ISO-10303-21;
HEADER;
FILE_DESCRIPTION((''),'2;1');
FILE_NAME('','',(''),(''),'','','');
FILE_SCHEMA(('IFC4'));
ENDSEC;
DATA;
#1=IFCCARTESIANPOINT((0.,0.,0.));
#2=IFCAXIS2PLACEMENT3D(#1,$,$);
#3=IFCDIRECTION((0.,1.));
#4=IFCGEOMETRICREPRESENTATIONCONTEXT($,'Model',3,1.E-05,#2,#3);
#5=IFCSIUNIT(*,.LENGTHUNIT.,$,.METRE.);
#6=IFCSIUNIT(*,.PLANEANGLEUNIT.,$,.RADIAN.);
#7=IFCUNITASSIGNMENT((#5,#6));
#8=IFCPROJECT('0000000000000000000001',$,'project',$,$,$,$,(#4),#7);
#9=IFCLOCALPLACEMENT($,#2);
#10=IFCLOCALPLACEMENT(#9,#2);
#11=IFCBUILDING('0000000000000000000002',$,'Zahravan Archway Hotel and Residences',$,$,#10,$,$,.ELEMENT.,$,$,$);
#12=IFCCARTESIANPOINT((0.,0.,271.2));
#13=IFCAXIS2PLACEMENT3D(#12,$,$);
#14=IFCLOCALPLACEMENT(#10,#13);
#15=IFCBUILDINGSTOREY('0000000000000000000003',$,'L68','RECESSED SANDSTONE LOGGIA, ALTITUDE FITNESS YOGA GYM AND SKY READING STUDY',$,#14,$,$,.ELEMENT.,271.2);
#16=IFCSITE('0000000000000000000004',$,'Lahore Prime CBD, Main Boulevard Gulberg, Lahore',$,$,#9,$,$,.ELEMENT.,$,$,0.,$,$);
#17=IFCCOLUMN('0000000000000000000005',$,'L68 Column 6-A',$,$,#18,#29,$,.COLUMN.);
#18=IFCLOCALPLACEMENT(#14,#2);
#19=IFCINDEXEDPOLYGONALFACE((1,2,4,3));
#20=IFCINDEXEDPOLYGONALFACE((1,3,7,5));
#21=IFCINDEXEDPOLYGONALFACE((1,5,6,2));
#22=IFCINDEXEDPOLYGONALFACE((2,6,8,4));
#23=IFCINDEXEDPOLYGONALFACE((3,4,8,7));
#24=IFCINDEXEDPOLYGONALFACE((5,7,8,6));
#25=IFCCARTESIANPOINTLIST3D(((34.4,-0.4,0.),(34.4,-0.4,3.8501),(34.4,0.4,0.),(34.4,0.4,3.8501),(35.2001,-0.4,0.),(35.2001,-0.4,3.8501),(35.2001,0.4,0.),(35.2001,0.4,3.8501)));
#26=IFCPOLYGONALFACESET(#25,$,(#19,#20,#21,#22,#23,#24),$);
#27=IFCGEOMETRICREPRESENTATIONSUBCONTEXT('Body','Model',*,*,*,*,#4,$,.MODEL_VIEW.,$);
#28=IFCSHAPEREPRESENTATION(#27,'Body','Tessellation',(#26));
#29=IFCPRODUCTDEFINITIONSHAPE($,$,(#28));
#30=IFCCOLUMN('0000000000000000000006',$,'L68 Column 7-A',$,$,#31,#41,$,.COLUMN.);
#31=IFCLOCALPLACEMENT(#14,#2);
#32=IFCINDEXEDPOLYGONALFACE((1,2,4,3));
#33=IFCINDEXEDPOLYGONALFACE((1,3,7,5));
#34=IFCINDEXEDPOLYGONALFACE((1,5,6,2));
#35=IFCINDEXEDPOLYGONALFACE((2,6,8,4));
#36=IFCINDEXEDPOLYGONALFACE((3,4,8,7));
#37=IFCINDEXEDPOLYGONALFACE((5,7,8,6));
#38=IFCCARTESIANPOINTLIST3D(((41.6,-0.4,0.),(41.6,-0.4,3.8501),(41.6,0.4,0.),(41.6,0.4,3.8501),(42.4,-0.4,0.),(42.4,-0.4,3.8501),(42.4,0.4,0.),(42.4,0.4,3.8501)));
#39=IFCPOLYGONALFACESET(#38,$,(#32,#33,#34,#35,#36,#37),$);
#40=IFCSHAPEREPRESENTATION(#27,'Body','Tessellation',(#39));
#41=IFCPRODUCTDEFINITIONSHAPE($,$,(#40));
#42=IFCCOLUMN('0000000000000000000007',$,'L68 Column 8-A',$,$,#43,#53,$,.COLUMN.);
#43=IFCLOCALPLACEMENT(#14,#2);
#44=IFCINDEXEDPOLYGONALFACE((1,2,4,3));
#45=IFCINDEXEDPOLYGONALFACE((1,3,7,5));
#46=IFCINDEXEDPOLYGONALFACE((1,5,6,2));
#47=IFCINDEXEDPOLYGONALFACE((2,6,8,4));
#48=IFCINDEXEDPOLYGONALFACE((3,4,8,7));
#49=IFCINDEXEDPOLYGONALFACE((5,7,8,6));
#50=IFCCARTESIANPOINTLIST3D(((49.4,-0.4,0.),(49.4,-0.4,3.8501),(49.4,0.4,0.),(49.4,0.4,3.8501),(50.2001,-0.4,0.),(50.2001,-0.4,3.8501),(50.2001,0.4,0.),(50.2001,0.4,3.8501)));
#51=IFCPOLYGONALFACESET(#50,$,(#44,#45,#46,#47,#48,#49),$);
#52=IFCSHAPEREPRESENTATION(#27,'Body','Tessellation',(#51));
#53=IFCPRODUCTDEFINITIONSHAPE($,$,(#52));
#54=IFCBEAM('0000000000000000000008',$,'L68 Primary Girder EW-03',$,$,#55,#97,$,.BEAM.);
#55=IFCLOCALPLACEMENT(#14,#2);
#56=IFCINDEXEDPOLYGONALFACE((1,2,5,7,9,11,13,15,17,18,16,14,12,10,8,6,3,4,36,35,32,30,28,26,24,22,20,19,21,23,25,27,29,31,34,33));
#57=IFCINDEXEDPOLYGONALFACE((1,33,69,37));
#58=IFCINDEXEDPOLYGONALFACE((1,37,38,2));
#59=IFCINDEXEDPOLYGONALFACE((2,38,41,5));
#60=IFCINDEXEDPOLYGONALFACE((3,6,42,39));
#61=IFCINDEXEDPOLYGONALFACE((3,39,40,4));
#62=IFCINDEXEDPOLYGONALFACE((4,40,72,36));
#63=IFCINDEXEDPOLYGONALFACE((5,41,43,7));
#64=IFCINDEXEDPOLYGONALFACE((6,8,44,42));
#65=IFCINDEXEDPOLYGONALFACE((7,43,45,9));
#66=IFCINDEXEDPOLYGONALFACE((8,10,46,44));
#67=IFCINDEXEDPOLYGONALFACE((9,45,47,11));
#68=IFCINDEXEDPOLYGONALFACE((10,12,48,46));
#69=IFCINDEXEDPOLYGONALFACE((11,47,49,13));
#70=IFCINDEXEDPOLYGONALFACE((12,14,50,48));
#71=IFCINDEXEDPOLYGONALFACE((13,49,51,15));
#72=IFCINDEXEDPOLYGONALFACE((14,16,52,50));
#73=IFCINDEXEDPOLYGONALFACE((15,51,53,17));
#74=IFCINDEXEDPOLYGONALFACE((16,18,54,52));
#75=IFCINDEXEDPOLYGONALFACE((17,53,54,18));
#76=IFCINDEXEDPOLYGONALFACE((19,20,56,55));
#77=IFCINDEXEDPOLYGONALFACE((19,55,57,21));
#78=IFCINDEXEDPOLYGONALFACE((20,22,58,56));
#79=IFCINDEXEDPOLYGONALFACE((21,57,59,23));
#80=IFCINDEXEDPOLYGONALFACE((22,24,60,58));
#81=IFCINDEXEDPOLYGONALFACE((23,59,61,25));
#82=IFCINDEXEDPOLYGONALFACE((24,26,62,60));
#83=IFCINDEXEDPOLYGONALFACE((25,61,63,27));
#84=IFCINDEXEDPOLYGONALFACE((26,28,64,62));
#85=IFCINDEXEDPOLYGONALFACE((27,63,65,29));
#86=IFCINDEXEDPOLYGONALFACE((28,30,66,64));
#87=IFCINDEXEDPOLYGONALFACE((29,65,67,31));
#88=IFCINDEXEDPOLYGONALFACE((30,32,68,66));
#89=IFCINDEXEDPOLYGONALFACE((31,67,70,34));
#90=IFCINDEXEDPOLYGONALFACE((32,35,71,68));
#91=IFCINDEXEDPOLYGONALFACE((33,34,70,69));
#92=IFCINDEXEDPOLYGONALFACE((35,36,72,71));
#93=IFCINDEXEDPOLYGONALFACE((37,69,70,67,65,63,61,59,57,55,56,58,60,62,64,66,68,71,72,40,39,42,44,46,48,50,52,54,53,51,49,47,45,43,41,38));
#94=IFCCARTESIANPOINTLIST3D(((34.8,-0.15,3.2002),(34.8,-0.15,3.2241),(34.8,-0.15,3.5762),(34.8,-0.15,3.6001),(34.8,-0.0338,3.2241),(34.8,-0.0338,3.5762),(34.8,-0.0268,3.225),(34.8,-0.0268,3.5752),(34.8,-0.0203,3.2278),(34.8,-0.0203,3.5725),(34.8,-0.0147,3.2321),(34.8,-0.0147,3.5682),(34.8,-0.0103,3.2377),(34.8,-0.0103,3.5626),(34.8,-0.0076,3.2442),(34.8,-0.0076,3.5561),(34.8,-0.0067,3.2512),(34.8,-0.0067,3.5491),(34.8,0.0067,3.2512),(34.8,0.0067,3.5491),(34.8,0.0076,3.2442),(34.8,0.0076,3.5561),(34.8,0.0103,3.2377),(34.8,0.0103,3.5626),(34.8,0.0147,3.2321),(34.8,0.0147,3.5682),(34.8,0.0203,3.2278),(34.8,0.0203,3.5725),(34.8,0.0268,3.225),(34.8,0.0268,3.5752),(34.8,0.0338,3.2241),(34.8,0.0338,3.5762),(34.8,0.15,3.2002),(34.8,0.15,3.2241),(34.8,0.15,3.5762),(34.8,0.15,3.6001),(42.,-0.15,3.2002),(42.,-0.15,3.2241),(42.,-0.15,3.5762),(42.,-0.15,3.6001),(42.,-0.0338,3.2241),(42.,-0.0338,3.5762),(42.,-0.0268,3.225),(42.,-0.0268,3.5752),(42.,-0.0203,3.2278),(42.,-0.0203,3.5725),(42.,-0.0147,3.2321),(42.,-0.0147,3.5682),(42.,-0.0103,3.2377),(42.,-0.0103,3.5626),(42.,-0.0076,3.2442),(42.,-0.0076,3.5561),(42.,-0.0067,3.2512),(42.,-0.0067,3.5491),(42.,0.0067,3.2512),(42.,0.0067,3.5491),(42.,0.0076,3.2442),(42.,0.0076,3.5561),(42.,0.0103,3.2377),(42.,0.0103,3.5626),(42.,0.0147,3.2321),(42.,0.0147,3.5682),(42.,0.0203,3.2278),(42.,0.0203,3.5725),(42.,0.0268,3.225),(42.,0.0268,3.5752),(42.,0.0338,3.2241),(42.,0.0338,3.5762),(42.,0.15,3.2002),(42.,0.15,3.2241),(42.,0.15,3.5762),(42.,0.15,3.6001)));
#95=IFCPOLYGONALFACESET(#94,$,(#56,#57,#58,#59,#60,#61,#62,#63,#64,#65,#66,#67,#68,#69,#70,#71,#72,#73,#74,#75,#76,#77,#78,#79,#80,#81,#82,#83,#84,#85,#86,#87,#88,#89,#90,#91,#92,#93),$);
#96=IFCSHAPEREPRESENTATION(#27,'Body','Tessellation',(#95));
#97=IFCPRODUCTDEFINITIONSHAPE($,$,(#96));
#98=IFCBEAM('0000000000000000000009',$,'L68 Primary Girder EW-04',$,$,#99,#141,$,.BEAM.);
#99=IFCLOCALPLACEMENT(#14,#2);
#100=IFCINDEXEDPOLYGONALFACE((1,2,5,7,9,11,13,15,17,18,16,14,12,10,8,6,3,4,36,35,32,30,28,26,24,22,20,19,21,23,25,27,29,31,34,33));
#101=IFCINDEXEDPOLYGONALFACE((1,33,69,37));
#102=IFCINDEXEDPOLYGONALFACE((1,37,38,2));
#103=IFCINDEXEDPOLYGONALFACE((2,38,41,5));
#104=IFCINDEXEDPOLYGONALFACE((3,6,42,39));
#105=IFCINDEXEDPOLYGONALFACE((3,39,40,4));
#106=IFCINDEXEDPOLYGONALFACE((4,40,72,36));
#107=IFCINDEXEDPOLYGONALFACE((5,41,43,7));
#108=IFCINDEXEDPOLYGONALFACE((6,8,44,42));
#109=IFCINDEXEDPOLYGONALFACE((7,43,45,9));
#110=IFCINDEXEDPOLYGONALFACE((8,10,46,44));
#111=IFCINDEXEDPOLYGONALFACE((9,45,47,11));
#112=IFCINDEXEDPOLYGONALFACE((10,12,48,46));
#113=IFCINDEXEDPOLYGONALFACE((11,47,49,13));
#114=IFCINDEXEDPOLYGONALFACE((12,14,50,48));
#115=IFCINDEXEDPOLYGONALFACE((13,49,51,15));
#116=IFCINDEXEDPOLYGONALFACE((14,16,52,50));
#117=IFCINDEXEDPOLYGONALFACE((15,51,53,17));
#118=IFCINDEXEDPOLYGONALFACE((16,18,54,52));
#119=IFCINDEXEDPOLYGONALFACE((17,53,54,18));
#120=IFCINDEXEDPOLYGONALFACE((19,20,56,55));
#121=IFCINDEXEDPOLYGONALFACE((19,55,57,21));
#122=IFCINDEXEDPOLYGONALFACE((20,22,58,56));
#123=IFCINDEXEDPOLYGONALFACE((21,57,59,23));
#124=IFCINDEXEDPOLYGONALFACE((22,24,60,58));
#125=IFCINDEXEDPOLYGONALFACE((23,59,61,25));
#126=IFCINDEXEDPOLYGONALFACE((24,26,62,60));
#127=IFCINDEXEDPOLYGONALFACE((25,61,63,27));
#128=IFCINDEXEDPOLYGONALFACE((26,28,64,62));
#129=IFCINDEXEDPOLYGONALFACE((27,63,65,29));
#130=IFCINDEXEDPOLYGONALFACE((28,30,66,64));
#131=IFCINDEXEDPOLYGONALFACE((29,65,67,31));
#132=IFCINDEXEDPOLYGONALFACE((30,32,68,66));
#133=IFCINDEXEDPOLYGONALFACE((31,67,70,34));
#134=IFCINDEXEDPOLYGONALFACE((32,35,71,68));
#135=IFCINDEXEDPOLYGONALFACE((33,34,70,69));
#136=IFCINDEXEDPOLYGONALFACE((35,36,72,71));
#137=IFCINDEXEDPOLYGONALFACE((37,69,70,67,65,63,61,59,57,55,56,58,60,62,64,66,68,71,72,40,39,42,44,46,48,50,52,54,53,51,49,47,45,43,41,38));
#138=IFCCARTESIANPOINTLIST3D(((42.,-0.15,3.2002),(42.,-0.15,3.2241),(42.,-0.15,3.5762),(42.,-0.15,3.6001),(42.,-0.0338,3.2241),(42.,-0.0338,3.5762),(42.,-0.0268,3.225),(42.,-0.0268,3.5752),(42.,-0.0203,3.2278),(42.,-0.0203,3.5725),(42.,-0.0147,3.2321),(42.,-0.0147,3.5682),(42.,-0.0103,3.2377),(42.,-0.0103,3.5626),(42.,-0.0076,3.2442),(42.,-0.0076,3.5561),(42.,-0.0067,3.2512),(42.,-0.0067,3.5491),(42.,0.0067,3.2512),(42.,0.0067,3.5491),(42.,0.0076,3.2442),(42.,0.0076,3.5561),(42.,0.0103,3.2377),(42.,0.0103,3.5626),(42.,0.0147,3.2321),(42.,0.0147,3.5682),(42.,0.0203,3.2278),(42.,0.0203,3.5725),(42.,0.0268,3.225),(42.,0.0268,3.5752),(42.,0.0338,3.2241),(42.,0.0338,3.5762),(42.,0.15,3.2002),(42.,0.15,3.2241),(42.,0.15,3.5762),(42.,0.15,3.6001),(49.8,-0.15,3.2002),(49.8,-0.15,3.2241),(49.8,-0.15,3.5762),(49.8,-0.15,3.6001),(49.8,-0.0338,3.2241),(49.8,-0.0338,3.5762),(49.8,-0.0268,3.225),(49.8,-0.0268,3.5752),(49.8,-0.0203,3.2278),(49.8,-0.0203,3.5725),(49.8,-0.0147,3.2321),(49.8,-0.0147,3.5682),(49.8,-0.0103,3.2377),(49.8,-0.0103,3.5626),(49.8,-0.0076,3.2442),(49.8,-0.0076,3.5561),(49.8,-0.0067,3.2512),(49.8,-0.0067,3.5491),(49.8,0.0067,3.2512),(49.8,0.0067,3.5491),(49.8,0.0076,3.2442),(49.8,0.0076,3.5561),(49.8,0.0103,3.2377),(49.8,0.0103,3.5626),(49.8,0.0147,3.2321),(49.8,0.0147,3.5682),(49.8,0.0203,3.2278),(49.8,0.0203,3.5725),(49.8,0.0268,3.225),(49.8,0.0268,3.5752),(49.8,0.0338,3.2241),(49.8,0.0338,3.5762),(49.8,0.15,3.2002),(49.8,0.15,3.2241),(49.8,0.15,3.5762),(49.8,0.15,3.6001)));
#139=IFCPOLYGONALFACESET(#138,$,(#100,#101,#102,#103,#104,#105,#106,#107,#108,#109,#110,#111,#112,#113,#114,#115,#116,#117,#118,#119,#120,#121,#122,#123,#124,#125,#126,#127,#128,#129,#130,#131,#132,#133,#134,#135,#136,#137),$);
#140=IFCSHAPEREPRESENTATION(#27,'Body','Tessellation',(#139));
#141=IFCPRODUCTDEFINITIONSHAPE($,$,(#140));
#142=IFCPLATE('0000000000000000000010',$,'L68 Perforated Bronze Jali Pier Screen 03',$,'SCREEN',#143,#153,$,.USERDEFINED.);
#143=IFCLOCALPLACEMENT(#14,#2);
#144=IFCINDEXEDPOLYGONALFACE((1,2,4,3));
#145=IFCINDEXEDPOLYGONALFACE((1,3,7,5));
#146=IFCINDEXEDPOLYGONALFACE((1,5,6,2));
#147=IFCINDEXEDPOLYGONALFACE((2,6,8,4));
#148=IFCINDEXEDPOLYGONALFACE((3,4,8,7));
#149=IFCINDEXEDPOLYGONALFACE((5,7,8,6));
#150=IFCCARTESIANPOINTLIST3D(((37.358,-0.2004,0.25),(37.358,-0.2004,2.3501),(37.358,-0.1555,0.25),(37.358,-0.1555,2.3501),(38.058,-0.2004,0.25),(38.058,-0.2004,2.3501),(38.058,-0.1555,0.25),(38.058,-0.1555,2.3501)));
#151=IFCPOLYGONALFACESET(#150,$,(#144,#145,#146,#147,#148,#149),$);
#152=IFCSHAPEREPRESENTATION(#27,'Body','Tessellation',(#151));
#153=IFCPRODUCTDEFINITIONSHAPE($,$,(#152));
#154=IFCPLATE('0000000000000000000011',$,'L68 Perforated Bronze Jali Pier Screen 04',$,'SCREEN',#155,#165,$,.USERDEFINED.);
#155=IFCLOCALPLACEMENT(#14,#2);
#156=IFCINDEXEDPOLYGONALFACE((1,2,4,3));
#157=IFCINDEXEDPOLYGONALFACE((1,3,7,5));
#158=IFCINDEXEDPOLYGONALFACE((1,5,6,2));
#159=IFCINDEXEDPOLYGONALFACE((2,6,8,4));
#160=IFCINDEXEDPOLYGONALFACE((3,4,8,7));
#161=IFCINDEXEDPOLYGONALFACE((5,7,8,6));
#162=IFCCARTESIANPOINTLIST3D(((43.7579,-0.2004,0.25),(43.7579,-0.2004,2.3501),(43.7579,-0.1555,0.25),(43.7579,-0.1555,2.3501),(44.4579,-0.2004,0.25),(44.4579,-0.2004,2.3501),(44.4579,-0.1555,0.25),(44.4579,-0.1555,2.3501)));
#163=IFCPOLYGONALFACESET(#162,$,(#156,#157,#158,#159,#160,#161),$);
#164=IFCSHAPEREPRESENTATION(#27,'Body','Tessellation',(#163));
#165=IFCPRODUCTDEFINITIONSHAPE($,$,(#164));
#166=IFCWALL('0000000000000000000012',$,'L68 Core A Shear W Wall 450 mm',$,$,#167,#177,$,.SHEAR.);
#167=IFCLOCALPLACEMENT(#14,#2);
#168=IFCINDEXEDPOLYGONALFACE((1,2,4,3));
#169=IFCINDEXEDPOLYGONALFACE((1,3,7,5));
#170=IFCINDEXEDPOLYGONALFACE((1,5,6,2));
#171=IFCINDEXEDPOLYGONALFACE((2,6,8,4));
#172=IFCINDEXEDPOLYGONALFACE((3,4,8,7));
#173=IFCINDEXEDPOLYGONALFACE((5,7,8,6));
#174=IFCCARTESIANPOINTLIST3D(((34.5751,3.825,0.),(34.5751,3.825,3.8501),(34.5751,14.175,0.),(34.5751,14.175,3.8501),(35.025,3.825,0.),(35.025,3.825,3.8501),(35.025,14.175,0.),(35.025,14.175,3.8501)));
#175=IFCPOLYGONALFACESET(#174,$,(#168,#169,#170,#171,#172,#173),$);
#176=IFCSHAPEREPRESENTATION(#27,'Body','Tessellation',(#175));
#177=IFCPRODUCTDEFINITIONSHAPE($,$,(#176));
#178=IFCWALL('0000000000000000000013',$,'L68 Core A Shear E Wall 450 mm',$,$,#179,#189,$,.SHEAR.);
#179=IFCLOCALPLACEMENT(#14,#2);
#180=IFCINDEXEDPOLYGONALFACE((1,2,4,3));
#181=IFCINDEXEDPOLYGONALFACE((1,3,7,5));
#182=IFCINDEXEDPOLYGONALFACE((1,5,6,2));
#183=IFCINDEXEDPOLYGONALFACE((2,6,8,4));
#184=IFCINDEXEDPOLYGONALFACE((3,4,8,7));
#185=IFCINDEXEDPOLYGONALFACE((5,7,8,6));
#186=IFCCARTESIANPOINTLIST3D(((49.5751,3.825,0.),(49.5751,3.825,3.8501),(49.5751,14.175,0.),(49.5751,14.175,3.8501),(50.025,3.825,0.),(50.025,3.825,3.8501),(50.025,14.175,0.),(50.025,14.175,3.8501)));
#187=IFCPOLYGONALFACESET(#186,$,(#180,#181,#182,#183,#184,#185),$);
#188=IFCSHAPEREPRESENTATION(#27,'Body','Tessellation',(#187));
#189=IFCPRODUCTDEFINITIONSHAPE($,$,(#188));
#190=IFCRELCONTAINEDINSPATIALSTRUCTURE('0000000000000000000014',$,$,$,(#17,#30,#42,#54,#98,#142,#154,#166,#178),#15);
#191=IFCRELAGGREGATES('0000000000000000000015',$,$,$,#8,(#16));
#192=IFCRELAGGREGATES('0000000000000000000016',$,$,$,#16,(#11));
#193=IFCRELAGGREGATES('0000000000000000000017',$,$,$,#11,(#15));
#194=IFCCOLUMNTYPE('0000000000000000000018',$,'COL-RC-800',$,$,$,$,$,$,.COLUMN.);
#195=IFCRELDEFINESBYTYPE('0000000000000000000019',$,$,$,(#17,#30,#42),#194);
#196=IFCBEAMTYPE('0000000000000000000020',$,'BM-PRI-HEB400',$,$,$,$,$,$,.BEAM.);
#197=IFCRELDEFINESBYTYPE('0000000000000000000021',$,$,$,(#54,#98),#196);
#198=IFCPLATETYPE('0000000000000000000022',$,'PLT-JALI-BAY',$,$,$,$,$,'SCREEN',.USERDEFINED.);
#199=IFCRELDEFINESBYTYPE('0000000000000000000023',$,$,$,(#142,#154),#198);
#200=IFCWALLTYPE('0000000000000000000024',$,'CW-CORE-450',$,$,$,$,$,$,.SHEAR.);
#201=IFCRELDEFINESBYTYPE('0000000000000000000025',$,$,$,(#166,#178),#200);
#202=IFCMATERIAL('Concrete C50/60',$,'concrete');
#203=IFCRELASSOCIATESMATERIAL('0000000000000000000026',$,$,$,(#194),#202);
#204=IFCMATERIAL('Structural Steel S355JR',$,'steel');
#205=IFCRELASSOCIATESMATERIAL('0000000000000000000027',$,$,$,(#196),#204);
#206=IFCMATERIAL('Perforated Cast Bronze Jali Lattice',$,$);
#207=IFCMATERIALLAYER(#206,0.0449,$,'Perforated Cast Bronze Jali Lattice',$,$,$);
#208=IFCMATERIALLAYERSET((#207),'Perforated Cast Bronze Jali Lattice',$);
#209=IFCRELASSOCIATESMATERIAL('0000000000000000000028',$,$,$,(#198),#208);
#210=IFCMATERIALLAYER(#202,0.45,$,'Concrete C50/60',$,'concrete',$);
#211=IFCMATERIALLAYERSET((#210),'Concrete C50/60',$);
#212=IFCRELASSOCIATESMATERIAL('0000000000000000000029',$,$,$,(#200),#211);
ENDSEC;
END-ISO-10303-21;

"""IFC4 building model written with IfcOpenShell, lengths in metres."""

from ifc_helpers import new_model, si_unit, direction, frame, frame_2d, origin, origin_2d, place, context, subcontext, project, spatial, rectangle, i_section, extrude, source, transform, mapped, material, layer, layer_set, material_profile, profile_set, type_object, type_shapes, element, save


model = new_model("IFC4")

# Units and contexts
model_context = context("Model", 3, precision=1e-05, world=origin(), true_north=direction((0.0, 1.0)))
body_context = subcontext(model_context, "Body", "Model", "MODEL_VIEW")
ifc_project = project(units=[si_unit("LENGTHUNIT", "METRE"), si_unit("PLANEANGLEUNIT", "RADIAN")], contexts=[model_context])

# Site, building, storey
site_placement = place(None, origin())
site = spatial("IfcSite", under=ifc_project, at=site_placement, Name="Lahore Prime CBD, Main Boulevard Gulberg, Lahore", CompositionType="ELEMENT", RefElevation=0.0)
building_placement = place(site_placement, origin())
building = spatial("IfcBuilding", under=site, at=building_placement, Name="Zahravan Archway Hotel and Residences", CompositionType="ELEMENT")
storey_placement = place(building_placement, frame((0.0, 0.0, 271.2)))
storey = spatial("IfcBuildingStorey", under=building, at=storey_placement, Name="L68", Description="RECESSED SANDSTONE LOGGIA, ALTITUDE FITNESS YOGA GYM AND SKY READING STUDY", CompositionType="ELEMENT", Elevation=271.2)

# Columns
ifc_material_1 = material(Name="Concrete C50/60", Category="concrete")
ifc_material_profile_1 = material_profile(ifc_material_1, rectangle(XDim=0.8, YDim=0.8, at=origin_2d()), Name="RC-COL-800x800", Category="concrete")
ifc_profile_set_1 = profile_set([ifc_material_profile_1], Name="Concrete C50/60")
column_type = type_object("IfcColumnType", Name="COL-RC-800", PredefinedType="COLUMN", material=ifc_profile_set_1)
shared_shape_1 = source(origin(), body_context, "Body", "SweptSolid", [
    extrude(rectangle(XDim=0.8, YDim=0.8, at=origin_2d()), origin(), (0.0, 0.0, 1.0), 3.8501),
])
for number, where, z_axis, x_axis, name in (
    (1, (34.8, 0.0, 0.0), (0.0, 0.0, 1.0), (1.0, 0.0, 0.0), "L68 Column 6-A"),
    (2, (42.0, 0.0, 0.0), (0.0, 0.0, 1.0), (1.0, 0.0, 0.0), "L68 Column 7-A"),
    (3, (49.8, 0.0, 0.0), (0.0, 0.0, 1.0), (1.0, 0.0, 0.0), "L68 Column 8-A"),
):
    element("IfcColumn", number, at=place(storey_placement, frame(where, z_axis=z_axis, x_axis=x_axis)), inside=storey, type_object=column_type, Name=name, PredefinedType="COLUMN", context=body_context, shape_type="MappedRepresentation", body=[
        mapped(shared_shape_1, transform((0.0, 0.0, 0.0), scale=1.0)),
    ])

# Beams
ifc_material_2 = material(Name="Structural Steel S355JR", Category="steel")
ifc_material_profile_2 = material_profile(ifc_material_2, i_section(OverallWidth=0.3, OverallDepth=0.3999, WebThickness=0.0134, FlangeThickness=0.0239, FilletRadius=0.0271, at=origin_2d()), Name="HEB 400", Category="steel")
ifc_profile_set_2 = profile_set([ifc_material_profile_2], Name="Structural Steel S355JR")
beam_type = type_object("IfcBeamType", Name="BM-PRI-HEB400", PredefinedType="BEAM", material=ifc_profile_set_2)
shared_shape_2 = source(origin(), body_context, "Body", "SweptSolid", [
    extrude(i_section(OverallWidth=0.3, OverallDepth=0.3999, WebThickness=0.0134, FlangeThickness=0.0239, FilletRadius=0.0271, at=origin_2d()), origin(), (0.0, 0.0, 1.0), 7.2),
])
type_shapes(beam_type, [shared_shape_2])
beam_1_placement = place(storey_placement, frame((34.8, 0.0, 3.4001), z_axis=(1.0, 0.0, 0.0), x_axis=(0.0, 1.0, 0.0)))
element("IfcBeam", 4, at=beam_1_placement, inside=storey, type_object=beam_type, Name="L68 Primary Girder EW-03", PredefinedType="BEAM", context=body_context, shape_type="MappedRepresentation", body=[
    mapped(shared_shape_2, transform((0.0, 0.0, 0.0), scale=1.0)),
])
shared_shape_3 = source(origin(), body_context, "Body", "SweptSolid", [
    extrude(i_section(OverallWidth=0.3, OverallDepth=0.3999, WebThickness=0.0134, FlangeThickness=0.0239, FilletRadius=0.0271, at=origin_2d()), origin(), (0.0, 0.0, 1.0), 7.8),
])
beam_2_placement = place(storey_placement, frame((42.0, 0.0, 3.4001), z_axis=(1.0, 0.0, 0.0), x_axis=(0.0, 1.0, 0.0)))
element("IfcBeam", 5, at=beam_2_placement, inside=storey, type_object=beam_type, Name="L68 Primary Girder EW-04", PredefinedType="BEAM", context=body_context, shape_type="MappedRepresentation", body=[
    mapped(shared_shape_3, transform((0.0, 0.0, 0.0), scale=1.0)),
])

# Plates
ifc_material_3 = material(Name="Perforated Cast Bronze Jali Lattice")
ifc_layer_1 = layer(ifc_material_3, 0.0449, Name="Perforated Cast Bronze Jali Lattice")
ifc_layer_set_1 = layer_set([ifc_layer_1], Name="Perforated Cast Bronze Jali Lattice")
plate_type = type_object("IfcPlateType", Name="PLT-JALI-BAY", ElementType="SCREEN", PredefinedType="USERDEFINED", material=ifc_layer_set_1)
shared_shape_4 = source(origin(), body_context, "Body", "SweptSolid", [
    extrude(rectangle(XDim=0.7, YDim=0.0449, at=origin_2d()), origin(), (0.0, 0.0, 1.0), 2.1001),
])
type_shapes(plate_type, [shared_shape_4])
for number, where, z_axis, x_axis, name in (
    (6, (37.708, -0.178, 0.25), (0.0, 0.0, 1.0), (1.0, 0.0, 0.0), "L68 Perforated Bronze Jali Pier Screen 03"),
    (7, (44.1079, -0.178, 0.25), (0.0, 0.0, 1.0), (1.0, 0.0, 0.0), "L68 Perforated Bronze Jali Pier Screen 04"),
):
    element("IfcPlate", number, at=place(storey_placement, frame(where, z_axis=z_axis, x_axis=x_axis)), inside=storey, type_object=plate_type, Name=name, ObjectType="SCREEN", PredefinedType="USERDEFINED", context=body_context, shape_type="MappedRepresentation", body=[
        mapped(shared_shape_4, transform((0.0, 0.0, 0.0), scale=1.0)),
    ])

# Walls
ifc_layer_2 = layer(ifc_material_1, 0.45, Name="Concrete C50/60", Category="concrete")
ifc_layer_set_2 = layer_set([ifc_layer_2], Name="Concrete C50/60")
wall_type_1 = type_object("IfcWallType", Name="CW-CORE-450", PredefinedType="SHEAR", material=ifc_layer_set_2)
for number, where, z_axis, x_axis, name in (
    (8, (34.8, 3.825, 0.0), (0.0, 0.0, 1.0), (0.0, 1.0, 0.0), "L68 Core A Shear W Wall 450 mm"),
    (9, (49.8, 3.825, 0.0), (0.0, 0.0, 1.0), (0.0, 1.0, 0.0), "L68 Core A Shear E Wall 450 mm"),
):
    element("IfcWall", number, at=place(storey_placement, frame(where, z_axis=z_axis, x_axis=x_axis)), inside=storey, type_object=wall_type_1, Name=name, PredefinedType="SHEAR", context=body_context, shape_type="SweptSolid", body=[
        extrude(rectangle(XDim=10.3501, YDim=0.45, at=frame_2d((5.175, 0.0))), origin(), (0.0, 0.0, 1.0), 3.8501),
    ])

save(model, "model.ifc")
